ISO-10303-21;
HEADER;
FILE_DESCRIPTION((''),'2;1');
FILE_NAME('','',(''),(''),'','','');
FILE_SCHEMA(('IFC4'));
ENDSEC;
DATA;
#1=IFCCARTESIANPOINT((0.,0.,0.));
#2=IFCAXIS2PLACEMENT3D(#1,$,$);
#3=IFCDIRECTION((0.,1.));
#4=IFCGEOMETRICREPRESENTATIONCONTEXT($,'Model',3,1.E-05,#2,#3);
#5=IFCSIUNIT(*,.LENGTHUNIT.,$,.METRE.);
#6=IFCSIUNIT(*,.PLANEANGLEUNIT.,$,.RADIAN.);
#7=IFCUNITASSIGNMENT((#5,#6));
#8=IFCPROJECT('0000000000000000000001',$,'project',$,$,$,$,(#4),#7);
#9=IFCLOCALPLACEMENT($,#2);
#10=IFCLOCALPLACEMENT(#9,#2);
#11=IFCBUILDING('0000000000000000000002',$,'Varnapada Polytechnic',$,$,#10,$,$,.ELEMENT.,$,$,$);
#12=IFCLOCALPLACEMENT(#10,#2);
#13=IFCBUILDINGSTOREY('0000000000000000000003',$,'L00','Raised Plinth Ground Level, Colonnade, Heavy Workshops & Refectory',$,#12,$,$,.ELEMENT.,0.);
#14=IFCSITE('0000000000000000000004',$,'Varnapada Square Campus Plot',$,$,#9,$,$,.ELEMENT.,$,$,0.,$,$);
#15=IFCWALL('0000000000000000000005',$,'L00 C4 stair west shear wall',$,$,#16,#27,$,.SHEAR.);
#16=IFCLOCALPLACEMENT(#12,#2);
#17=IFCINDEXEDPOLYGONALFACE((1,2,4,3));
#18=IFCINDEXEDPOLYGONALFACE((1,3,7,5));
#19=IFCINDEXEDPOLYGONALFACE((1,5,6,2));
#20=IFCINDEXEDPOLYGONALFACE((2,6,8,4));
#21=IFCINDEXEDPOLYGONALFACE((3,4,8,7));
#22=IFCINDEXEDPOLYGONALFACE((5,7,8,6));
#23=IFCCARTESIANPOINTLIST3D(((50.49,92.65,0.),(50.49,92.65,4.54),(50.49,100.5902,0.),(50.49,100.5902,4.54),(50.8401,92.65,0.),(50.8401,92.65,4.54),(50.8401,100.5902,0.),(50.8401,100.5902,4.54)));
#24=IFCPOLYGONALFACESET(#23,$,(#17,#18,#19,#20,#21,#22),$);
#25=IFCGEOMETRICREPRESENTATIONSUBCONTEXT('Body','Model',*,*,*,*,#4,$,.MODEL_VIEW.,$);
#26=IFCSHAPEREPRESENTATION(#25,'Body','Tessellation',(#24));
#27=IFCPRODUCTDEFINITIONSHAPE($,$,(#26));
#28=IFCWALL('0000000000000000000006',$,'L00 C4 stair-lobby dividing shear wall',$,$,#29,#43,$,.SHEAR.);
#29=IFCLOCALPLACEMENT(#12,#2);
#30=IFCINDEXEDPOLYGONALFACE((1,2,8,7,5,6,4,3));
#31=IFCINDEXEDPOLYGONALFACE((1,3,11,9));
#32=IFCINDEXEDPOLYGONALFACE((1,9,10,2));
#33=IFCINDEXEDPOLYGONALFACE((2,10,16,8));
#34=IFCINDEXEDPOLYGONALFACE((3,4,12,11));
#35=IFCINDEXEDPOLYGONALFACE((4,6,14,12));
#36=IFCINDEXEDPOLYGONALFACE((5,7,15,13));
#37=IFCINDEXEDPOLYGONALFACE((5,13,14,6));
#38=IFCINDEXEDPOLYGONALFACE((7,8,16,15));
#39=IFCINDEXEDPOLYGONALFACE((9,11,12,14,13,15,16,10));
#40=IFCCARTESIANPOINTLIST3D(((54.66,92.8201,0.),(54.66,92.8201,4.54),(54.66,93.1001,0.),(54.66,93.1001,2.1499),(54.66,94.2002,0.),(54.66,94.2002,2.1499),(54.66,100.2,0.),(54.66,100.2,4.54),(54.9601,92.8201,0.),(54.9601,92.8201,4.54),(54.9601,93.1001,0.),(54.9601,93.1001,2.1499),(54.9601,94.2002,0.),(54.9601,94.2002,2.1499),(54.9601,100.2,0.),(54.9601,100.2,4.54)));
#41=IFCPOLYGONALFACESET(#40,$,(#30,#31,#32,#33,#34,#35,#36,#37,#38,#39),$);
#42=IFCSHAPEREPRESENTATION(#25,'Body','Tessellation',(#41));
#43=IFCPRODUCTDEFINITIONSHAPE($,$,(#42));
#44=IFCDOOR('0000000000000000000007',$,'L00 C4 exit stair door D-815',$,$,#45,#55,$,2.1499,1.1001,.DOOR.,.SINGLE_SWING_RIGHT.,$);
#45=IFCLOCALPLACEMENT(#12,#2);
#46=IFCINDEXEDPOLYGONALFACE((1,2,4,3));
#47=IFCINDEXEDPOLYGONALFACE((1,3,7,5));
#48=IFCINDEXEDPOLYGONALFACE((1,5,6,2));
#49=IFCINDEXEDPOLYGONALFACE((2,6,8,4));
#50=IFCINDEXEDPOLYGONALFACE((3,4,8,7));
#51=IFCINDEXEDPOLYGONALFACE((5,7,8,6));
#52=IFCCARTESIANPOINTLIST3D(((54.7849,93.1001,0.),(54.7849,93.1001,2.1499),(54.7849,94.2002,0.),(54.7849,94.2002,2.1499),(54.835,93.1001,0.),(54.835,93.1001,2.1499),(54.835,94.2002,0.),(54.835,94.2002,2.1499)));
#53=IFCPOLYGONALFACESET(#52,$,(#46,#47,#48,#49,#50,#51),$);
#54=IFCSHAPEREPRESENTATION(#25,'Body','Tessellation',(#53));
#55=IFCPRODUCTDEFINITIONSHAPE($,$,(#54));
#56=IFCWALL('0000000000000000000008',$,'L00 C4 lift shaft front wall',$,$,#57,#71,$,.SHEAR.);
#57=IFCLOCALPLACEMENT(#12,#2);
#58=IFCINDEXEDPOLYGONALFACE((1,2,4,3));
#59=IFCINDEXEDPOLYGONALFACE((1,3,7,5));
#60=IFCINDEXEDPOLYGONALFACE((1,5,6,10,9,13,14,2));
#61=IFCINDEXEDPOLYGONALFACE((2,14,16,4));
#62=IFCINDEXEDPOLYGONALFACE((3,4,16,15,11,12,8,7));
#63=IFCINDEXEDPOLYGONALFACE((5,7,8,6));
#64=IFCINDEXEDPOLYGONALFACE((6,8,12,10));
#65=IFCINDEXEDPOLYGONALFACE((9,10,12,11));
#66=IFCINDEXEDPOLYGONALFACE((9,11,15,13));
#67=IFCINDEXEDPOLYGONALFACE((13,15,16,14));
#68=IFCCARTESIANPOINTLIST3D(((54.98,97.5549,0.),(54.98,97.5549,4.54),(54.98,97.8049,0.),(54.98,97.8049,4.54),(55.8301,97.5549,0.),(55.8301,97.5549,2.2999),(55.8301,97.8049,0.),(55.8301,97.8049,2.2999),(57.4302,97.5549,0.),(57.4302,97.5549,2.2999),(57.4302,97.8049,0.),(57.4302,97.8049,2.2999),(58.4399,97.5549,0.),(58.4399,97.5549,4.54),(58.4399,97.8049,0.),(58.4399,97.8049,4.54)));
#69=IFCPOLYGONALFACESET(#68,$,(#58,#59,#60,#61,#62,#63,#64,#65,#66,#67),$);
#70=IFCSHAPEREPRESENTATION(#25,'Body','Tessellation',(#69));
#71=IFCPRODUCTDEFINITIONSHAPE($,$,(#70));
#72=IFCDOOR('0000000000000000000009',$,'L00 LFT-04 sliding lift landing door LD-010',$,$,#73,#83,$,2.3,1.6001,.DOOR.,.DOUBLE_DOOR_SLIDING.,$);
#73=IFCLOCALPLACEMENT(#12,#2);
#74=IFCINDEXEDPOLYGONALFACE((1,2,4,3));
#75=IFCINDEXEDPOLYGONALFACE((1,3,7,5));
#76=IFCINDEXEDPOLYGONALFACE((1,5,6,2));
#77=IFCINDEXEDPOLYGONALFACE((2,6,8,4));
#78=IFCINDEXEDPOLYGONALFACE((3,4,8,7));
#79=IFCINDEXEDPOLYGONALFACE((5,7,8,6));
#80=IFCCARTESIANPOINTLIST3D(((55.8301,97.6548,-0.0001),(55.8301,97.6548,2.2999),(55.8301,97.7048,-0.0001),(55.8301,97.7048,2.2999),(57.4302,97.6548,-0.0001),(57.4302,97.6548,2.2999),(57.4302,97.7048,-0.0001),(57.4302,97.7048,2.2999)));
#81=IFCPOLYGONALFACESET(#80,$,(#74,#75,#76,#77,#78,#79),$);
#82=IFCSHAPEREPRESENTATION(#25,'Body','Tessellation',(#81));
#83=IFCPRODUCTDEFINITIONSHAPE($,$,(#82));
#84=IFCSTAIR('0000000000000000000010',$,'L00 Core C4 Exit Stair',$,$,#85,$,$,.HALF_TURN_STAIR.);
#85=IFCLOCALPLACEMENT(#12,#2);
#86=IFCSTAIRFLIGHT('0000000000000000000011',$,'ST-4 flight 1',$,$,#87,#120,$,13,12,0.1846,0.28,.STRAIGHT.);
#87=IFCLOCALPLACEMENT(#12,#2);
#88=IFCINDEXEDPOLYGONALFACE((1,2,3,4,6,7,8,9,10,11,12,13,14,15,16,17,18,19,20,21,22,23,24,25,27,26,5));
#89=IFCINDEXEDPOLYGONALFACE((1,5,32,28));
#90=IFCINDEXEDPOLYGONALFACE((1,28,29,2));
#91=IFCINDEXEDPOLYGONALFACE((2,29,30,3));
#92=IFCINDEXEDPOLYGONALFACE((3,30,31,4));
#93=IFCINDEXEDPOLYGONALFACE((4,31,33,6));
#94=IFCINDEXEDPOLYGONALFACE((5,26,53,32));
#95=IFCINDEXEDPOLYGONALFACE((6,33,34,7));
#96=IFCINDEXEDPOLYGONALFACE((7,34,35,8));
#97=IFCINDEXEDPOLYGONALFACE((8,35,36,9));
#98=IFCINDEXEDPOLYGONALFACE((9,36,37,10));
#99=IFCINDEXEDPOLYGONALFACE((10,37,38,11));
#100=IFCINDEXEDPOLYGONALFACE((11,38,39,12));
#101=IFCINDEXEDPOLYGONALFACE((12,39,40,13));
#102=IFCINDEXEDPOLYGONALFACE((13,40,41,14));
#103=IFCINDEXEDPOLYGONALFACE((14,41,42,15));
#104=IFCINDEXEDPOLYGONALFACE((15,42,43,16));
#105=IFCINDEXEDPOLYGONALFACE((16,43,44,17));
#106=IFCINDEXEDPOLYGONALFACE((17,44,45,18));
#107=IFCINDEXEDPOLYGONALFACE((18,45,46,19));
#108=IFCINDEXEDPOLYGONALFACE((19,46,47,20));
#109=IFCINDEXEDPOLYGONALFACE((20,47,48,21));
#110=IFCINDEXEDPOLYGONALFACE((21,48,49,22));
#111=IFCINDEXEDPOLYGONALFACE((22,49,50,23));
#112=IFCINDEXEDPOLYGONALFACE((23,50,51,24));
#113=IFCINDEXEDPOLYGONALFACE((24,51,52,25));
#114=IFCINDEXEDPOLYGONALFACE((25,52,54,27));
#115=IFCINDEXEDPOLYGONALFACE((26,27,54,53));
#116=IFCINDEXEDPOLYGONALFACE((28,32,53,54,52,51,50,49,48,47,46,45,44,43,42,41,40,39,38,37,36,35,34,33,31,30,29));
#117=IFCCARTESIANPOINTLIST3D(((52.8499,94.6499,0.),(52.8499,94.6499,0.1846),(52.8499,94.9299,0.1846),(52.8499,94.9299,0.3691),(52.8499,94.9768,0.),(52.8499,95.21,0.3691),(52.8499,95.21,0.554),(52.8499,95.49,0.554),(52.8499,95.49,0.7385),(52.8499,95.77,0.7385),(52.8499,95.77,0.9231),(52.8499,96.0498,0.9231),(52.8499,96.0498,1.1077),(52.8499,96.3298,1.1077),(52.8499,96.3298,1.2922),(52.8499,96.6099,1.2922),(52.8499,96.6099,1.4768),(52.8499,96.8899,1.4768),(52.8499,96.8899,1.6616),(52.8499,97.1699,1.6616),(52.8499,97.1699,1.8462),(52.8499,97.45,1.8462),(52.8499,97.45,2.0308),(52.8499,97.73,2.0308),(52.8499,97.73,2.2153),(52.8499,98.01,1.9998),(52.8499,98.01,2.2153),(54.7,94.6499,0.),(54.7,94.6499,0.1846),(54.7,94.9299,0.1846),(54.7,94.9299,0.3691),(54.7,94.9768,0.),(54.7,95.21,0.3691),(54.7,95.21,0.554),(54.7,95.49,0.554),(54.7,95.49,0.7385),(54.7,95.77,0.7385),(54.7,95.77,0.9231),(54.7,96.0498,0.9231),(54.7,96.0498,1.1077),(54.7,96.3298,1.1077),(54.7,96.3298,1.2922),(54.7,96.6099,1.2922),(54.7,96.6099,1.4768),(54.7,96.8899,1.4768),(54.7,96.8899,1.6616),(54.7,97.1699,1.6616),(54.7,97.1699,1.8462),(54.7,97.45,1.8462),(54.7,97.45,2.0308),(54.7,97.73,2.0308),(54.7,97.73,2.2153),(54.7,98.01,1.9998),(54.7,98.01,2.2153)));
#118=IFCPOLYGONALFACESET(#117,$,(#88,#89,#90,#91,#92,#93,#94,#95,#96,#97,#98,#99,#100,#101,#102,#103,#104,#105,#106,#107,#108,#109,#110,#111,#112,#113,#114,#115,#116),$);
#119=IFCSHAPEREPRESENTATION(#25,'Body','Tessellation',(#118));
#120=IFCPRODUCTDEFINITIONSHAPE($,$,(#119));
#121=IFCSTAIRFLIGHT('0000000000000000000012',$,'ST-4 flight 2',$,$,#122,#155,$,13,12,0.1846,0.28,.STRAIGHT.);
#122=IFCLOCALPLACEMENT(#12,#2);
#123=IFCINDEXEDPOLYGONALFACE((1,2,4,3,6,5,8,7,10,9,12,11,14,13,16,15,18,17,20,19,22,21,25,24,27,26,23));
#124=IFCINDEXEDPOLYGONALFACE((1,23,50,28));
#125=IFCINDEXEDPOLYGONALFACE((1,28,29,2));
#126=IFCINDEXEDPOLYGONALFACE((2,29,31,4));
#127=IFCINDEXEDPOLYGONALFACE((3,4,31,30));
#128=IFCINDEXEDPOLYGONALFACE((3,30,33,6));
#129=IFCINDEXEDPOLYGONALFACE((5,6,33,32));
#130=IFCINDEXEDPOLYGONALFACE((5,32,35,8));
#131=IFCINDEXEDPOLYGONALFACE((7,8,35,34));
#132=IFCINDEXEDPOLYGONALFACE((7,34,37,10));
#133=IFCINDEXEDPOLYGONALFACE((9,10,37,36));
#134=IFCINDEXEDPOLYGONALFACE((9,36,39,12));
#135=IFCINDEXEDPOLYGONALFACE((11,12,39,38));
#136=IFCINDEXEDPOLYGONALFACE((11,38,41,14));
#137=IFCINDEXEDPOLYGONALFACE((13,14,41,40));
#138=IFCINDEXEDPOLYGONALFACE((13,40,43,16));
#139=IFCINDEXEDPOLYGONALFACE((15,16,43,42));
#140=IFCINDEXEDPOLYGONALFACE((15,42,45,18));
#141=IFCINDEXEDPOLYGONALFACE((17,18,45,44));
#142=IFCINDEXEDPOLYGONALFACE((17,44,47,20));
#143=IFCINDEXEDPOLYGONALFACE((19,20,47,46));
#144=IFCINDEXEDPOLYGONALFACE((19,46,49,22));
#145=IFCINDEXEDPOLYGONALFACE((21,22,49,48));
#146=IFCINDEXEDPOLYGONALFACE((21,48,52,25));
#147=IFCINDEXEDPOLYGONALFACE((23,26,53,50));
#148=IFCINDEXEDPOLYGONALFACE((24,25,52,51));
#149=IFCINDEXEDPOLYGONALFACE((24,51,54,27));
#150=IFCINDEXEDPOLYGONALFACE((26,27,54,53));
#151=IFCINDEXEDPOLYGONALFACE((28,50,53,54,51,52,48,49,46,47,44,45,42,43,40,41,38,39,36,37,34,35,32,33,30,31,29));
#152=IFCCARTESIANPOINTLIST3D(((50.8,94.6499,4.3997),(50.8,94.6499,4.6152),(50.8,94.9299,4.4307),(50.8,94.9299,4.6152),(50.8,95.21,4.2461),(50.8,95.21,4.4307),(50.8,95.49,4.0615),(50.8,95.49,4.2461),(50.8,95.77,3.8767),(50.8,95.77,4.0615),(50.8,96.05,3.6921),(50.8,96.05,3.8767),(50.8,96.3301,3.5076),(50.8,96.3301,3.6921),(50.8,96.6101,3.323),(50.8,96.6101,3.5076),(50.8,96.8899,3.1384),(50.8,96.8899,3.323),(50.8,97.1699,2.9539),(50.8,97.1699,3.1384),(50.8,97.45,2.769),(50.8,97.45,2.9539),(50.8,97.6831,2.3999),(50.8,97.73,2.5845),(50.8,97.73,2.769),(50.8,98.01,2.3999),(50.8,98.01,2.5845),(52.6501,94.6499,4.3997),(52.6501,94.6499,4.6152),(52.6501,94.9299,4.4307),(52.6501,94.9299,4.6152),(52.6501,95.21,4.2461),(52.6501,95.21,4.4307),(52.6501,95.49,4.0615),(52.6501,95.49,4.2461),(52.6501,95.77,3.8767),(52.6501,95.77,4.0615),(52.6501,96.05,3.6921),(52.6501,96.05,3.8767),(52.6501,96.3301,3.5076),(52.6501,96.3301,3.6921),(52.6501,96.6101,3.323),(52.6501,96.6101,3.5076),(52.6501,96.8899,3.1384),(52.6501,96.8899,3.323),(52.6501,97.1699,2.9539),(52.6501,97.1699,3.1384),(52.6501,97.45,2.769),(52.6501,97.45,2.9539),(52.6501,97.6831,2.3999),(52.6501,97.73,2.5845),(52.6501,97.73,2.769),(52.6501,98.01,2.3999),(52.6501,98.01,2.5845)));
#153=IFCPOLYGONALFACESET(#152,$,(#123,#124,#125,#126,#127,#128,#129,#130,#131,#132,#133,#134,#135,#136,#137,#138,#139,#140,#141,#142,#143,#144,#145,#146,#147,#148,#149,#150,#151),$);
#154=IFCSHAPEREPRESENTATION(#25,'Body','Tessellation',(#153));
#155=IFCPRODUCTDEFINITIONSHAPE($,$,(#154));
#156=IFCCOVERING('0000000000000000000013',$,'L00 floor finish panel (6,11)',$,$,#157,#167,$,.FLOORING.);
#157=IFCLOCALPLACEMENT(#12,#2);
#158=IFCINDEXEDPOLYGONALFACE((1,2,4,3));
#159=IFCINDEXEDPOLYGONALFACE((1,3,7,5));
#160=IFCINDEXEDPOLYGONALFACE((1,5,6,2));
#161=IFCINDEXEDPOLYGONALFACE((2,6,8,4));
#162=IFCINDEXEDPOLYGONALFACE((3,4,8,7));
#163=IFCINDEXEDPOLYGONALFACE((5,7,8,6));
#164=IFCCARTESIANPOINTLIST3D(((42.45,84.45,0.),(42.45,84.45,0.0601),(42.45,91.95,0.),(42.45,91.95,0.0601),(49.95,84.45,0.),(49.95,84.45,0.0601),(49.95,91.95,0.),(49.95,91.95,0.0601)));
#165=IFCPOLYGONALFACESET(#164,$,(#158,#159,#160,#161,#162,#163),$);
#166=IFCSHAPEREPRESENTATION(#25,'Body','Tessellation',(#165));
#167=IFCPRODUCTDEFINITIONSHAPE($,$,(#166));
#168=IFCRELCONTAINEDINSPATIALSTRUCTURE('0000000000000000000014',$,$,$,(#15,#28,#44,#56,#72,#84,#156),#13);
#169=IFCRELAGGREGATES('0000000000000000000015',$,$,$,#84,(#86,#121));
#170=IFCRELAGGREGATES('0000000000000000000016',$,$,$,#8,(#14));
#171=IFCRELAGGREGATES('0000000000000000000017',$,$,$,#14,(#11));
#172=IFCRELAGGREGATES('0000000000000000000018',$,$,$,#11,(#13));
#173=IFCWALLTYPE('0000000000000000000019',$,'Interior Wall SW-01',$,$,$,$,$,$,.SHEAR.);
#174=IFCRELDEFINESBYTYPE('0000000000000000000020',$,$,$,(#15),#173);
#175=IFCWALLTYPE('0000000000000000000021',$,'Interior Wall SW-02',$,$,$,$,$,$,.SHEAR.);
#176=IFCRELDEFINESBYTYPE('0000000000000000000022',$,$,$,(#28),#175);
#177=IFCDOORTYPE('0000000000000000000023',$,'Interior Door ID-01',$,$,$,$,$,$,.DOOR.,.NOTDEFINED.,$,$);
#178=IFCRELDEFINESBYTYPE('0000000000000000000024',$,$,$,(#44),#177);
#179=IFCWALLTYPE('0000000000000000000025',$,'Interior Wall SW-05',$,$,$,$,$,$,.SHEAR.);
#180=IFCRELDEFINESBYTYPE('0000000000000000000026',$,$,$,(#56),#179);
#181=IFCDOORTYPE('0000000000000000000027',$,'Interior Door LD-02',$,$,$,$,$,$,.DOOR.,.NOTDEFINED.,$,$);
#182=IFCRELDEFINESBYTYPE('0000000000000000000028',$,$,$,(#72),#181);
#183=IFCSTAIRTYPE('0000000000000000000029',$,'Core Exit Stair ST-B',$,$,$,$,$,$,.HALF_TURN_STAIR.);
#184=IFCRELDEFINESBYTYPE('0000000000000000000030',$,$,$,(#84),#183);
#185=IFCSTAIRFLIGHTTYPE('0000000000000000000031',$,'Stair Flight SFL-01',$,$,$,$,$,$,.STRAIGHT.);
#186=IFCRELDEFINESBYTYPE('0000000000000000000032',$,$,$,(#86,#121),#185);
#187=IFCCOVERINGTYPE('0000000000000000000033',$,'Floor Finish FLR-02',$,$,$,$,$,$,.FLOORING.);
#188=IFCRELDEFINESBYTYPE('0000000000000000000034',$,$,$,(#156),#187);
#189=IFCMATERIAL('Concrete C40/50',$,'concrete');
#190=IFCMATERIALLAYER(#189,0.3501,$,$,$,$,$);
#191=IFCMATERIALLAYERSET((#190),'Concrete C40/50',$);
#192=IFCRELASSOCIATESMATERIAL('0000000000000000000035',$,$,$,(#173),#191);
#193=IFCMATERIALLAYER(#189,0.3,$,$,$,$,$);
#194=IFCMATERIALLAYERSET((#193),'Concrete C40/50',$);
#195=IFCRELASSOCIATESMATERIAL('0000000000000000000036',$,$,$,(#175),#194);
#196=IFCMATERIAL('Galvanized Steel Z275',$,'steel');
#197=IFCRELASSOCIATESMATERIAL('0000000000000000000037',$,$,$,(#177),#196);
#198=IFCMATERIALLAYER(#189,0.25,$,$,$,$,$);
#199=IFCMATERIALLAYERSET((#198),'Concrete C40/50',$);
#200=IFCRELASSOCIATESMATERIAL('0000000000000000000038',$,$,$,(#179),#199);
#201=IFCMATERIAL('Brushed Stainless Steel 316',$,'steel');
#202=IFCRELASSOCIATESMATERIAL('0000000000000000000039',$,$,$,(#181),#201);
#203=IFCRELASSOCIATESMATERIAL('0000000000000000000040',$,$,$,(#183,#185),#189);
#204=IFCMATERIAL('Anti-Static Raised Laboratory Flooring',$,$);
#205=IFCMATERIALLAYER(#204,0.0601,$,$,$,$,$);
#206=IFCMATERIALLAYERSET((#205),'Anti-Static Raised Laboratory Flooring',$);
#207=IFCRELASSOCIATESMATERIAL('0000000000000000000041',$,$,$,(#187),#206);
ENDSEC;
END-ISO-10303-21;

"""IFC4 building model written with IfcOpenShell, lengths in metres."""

from ifc_helpers import new_model, si_unit, direction, frame, frame_2d, origin, origin_2d, place, context, subcontext, project, spatial, polyline, rectangle, outline, extrude, material, layer, layer_set, type_object, element, fill, aggregate, save


model = new_model("IFC4")

# Units and contexts
model_context = context("Model", 3, precision=1e-05, world=origin(), true_north=direction((0.0, 1.0)))
body_context = subcontext(model_context, "Body", "Model", "MODEL_VIEW")
ifc_project = project(units=[si_unit("LENGTHUNIT", "METRE"), si_unit("PLANEANGLEUNIT", "RADIAN")], contexts=[model_context])

# Site, building, storey
site_placement = place(None, origin())
site = spatial("IfcSite", under=ifc_project, at=site_placement, Name="Varnapada Square Campus Plot", CompositionType="ELEMENT", RefElevation=0.0)
building_placement = place(site_placement, origin())
building = spatial("IfcBuilding", under=site, at=building_placement, Name="Varnapada Polytechnic", CompositionType="ELEMENT")
storey_placement = place(building_placement, origin())
storey = spatial("IfcBuildingStorey", under=building, at=storey_placement, Name="L00", Description="Raised Plinth Ground Level, Colonnade, Heavy Workshops & Refectory", CompositionType="ELEMENT", Elevation=0.0)

# Shared definitions
ifc_material_1 = material(Name="Concrete C40/50", Category="concrete")

# Wall
ifc_layer_1 = layer(ifc_material_1, 0.3501)
ifc_layer_set_1 = layer_set([ifc_layer_1], Name="Concrete C40/50")
wall_type_1 = type_object("IfcWallType", Name="Interior Wall SW-01", PredefinedType="SHEAR", material=ifc_layer_set_1)
wall_1_placement = place(storey_placement, frame((50.665, 92.6499, 0.0), z_axis=(0.0, 0.0, 1.0), x_axis=(0.0, 1.0, 0.0)))
element("IfcWall", 1, at=wall_1_placement, inside=storey, type_object=wall_type_1, Name="L00 C4 stair west shear wall", PredefinedType="SHEAR", context=body_context, shape_type="SweptSolid", body=[
    extrude(rectangle(XDim=7.9402, YDim=0.3501, at=frame_2d((3.9702, 0.0))), origin(), (0.0, 0.0, 1.0), 4.54),
])

# Walls, openings, doors
ifc_layer_2 = layer(ifc_material_1, 0.3)
ifc_layer_set_2 = layer_set([ifc_layer_2], Name="Concrete C40/50")
wall_type_2 = type_object("IfcWallType", Name="Interior Wall SW-02", PredefinedType="SHEAR", material=ifc_layer_set_2)
wall_2_placement = place(storey_placement, frame((54.8101, 92.8201, 0.0), z_axis=(0.0, 0.0, 1.0), x_axis=(0.0, 1.0, 0.0)))
wall_2 = element("IfcWall", 2, at=wall_2_placement, inside=storey, type_object=wall_type_2, Name="L00 C4 stair-lobby dividing shear wall", PredefinedType="SHEAR", context=body_context, shape_type="SweptSolid", body=[
    extrude(rectangle(XDim=7.3799, YDim=0.3, at=frame_2d((3.6899, 0.0))), origin(), (0.0, 0.0, 1.0), 4.54),
])
opening_1_placement = place(wall_2_placement, frame((0.28, 0.0, 0.0)))
opening_1 = element("IfcOpeningElement", 3, at=opening_1_placement, cuts=wall_2, PredefinedType="OPENING", context=body_context, shape_type="SweptSolid", body=[
    extrude(rectangle(XDim=1.1001, YDim=2.1499, at=frame_2d((0.55, 1.075))), frame((0.0, 0.1599, 0.0), z_axis=(0.0, -1.0, 0.0), x_axis=(1.0, 0.0, 0.0)), (0.0, 0.0, 1.0), 0.3201),
])
ifc_material_2 = material(Name="Galvanized Steel Z275", Category="steel")
door_type_1 = type_object("IfcDoorType", Name="Interior Door ID-01", OperationType="NOTDEFINED", PredefinedType="DOOR", material=ifc_material_2)
door_1_placement = place(opening_1_placement, frame((1.1001, 0.0, 0.0), z_axis=(0.0, 0.0, 1.0), x_axis=(-1.0, 0.0, 0.0)))
door_1 = element("IfcDoor", 4, at=door_1_placement, inside=storey, type_object=door_type_1, Name="L00 C4 exit stair door D-815", OperationType="SINGLE_SWING_RIGHT", OverallHeight=2.1499, OverallWidth=1.1001, PredefinedType="DOOR", context=body_context, shape_type="SweptSolid", body=[
    extrude(rectangle(XDim=1.1001, YDim=2.1499, at=frame_2d((0.55, 1.075))), frame((0.0, 0.0249, 0.0), z_axis=(0.0, -1.0, 0.0), x_axis=(1.0, 0.0, 0.0)), (0.0, 0.0, 1.0), 0.05),
])
fill(opening_1, door_1)
ifc_layer_3 = layer(ifc_material_1, 0.25)
ifc_layer_set_3 = layer_set([ifc_layer_3], Name="Concrete C40/50")
wall_type_3 = type_object("IfcWallType", Name="Interior Wall SW-05", PredefinedType="SHEAR", material=ifc_layer_set_3)
wall_3_placement = place(storey_placement, frame((54.98, 97.6799, 0.0), z_axis=(0.0, 0.0, 1.0), x_axis=(1.0, 0.0, 0.0)))
wall_3 = element("IfcWall", 5, at=wall_3_placement, inside=storey, type_object=wall_type_3, Name="L00 C4 lift shaft front wall", PredefinedType="SHEAR", context=body_context, shape_type="SweptSolid", body=[
    extrude(rectangle(XDim=3.46, YDim=0.25, at=frame_2d((1.73, 0.0))), origin(), (0.0, 0.0, 1.0), 4.54),
])
opening_2_placement = place(wall_3_placement, frame((0.8501, 0.0, 0.0)))
opening_2 = element("IfcOpeningElement", 6, at=opening_2_placement, cuts=wall_3, PredefinedType="OPENING", context=body_context, shape_type="SweptSolid", body=[
    extrude(rectangle(XDim=1.6001, YDim=2.3, at=frame_2d((0.8, 1.1499))), frame((0.0, 0.135, 0.0), z_axis=(0.0, -1.0, 0.0), x_axis=(1.0, 0.0, 0.0)), (0.0, 0.0, 1.0), 0.27),
])
ifc_material_3 = material(Name="Brushed Stainless Steel 316", Category="steel")
door_type_2 = type_object("IfcDoorType", Name="Interior Door LD-02", OperationType="NOTDEFINED", PredefinedType="DOOR", material=ifc_material_3)
door_2_placement = place(opening_2_placement, origin())
door_2 = element("IfcDoor", 7, at=door_2_placement, inside=storey, type_object=door_type_2, Name="L00 LFT-04 sliding lift landing door LD-010", OperationType="DOUBLE_DOOR_SLIDING", OverallHeight=2.3, OverallWidth=1.6001, PredefinedType="DOOR", context=body_context, shape_type="SweptSolid", body=[
    extrude(rectangle(XDim=1.6001, YDim=2.3, at=frame_2d((0.8, 1.1499))), frame((0.0, 0.0249, 0.0), z_axis=(0.0, -1.0, 0.0), x_axis=(1.0, 0.0, 0.0)), (0.0, 0.0, 1.0), 0.05),
])
fill(opening_2, door_2)

# Stair, stair flights
stair_type = type_object("IfcStairType", Name="Core Exit Stair ST-B", PredefinedType="HALF_TURN_STAIR", material=ifc_material_1)
stair_placement = place(storey_placement, origin())
stair = element("IfcStair", 8, at=stair_placement, inside=storey, type_object=stair_type, Name="L00 Core C4 Exit Stair", PredefinedType="HALF_TURN_STAIR")
stair_flight_type = type_object("IfcStairFlightType", Name="Stair Flight SFL-01", PredefinedType="STRAIGHT", material=ifc_material_1)
stair_flight_1_placement = place(storey_placement, frame((53.7749, 94.6499, 0.0), z_axis=(0.0, 0.0, 1.0), x_axis=(0.0, 1.0, 0.0)))
stair_flight_1 = element("IfcStairFlight", 9, at=stair_flight_1_placement, type_object=stair_flight_type, Name="ST-4 flight 1", NumberOfRisers=13, NumberOfTreads=12, PredefinedType="STRAIGHT", RiserHeight=0.1846, TreadLength=0.28, context=body_context, shape_type="SweptSolid", body=[
    extrude(outline(polyline([(0.0, 0.0), (0.0, 0.1846), (0.28, 0.1846), (0.28, 0.3691), (0.5601, 0.3691), (0.5601, 0.554), (0.8401, 0.554), (0.8401, 0.7385), (1.1201, 0.7385), (1.1201, 0.9231), (1.3999, 0.9231), (1.3999, 1.1077), (1.6799, 1.1077), (1.6799, 1.2922), (1.96, 1.2922), (1.96, 1.4768), (2.24, 1.4768), (2.24, 1.6616), (2.52, 1.6616), (2.52, 1.8462), (2.8, 1.8462), (2.8, 2.0308), (3.0801, 2.0308), (3.0801, 2.2153), (3.3601, 2.2153), (3.3601, 2.3999), (3.3601, 1.9998), (0.3269, 0.0), (0.0, 0.0)])), frame((0.0, 0.925, 0.0), z_axis=(0.0, -1.0, 0.0), x_axis=(1.0, 0.0, 0.0)), (0.0, 0.0, 1.0), 1.8501),
])
stair_flight_2_placement = place(storey_placement, frame((51.7251, 98.01, 2.3999), z_axis=(0.0, 0.0, 1.0), x_axis=(0.0, -1.0, 0.0)))
stair_flight_2 = element("IfcStairFlight", 10, at=stair_flight_2_placement, type_object=stair_flight_type, Name="ST-4 flight 2", NumberOfRisers=13, NumberOfTreads=12, PredefinedType="STRAIGHT", RiserHeight=0.1846, TreadLength=0.28, context=body_context, shape_type="SweptSolid", body=[
    extrude(outline(polyline([(0.0, 0.0), (0.0, 0.1846), (0.28, 0.1846), (0.28, 0.3691), (0.5601, 0.3691), (0.5601, 0.554), (0.8401, 0.554), (0.8401, 0.7385), (1.1201, 0.7385), (1.1201, 0.9231), (1.3999, 0.9231), (1.3999, 1.1077), (1.6799, 1.1077), (1.6799, 1.2922), (1.96, 1.2922), (1.96, 1.4768), (2.24, 1.4768), (2.24, 1.6616), (2.52, 1.6616), (2.52, 1.8462), (2.8, 1.8462), (2.8, 2.0308), (3.0801, 2.0308), (3.0801, 2.2153), (3.3601, 2.2153), (3.3601, 2.3999), (3.3601, 1.9998), (0.3269, 0.0), (0.0, 0.0)])), frame((0.0, 0.925, 0.0), z_axis=(0.0, -1.0, 0.0), x_axis=(1.0, 0.0, 0.0)), (0.0, 0.0, 1.0), 1.8501),
])
aggregate(stair, [stair_flight_1, stair_flight_2])

# Covering
ifc_material_4 = material(Name="Anti-Static Raised Laboratory Flooring")
ifc_layer_4 = layer(ifc_material_4, 0.0601)
ifc_layer_set_4 = layer_set([ifc_layer_4], Name="Anti-Static Raised Laboratory Flooring")
covering_type_1 = type_object("IfcCoveringType", Name="Floor Finish FLR-02", PredefinedType="FLOORING", material=ifc_layer_set_4)
for number, where, z_axis, x_axis, name in (
    (11, (46.2, 88.2, 0.0), (0.0, 0.0, 1.0), (1.0, 0.0, 0.0), "L00 floor finish panel (6,11)"),
):
    element("IfcCovering", number, at=place(storey_placement, frame(where, z_axis=z_axis, x_axis=x_axis)), inside=storey, type_object=covering_type_1, Name=name, PredefinedType="FLOORING", context=body_context, shape_type="SweptSolid", body=[
        extrude(rectangle(XDim=7.5, YDim=7.5, at=origin_2d()), origin(), (0.0, 0.0, 1.0), 0.0601),
    ])

save(model, "model.ifc")
